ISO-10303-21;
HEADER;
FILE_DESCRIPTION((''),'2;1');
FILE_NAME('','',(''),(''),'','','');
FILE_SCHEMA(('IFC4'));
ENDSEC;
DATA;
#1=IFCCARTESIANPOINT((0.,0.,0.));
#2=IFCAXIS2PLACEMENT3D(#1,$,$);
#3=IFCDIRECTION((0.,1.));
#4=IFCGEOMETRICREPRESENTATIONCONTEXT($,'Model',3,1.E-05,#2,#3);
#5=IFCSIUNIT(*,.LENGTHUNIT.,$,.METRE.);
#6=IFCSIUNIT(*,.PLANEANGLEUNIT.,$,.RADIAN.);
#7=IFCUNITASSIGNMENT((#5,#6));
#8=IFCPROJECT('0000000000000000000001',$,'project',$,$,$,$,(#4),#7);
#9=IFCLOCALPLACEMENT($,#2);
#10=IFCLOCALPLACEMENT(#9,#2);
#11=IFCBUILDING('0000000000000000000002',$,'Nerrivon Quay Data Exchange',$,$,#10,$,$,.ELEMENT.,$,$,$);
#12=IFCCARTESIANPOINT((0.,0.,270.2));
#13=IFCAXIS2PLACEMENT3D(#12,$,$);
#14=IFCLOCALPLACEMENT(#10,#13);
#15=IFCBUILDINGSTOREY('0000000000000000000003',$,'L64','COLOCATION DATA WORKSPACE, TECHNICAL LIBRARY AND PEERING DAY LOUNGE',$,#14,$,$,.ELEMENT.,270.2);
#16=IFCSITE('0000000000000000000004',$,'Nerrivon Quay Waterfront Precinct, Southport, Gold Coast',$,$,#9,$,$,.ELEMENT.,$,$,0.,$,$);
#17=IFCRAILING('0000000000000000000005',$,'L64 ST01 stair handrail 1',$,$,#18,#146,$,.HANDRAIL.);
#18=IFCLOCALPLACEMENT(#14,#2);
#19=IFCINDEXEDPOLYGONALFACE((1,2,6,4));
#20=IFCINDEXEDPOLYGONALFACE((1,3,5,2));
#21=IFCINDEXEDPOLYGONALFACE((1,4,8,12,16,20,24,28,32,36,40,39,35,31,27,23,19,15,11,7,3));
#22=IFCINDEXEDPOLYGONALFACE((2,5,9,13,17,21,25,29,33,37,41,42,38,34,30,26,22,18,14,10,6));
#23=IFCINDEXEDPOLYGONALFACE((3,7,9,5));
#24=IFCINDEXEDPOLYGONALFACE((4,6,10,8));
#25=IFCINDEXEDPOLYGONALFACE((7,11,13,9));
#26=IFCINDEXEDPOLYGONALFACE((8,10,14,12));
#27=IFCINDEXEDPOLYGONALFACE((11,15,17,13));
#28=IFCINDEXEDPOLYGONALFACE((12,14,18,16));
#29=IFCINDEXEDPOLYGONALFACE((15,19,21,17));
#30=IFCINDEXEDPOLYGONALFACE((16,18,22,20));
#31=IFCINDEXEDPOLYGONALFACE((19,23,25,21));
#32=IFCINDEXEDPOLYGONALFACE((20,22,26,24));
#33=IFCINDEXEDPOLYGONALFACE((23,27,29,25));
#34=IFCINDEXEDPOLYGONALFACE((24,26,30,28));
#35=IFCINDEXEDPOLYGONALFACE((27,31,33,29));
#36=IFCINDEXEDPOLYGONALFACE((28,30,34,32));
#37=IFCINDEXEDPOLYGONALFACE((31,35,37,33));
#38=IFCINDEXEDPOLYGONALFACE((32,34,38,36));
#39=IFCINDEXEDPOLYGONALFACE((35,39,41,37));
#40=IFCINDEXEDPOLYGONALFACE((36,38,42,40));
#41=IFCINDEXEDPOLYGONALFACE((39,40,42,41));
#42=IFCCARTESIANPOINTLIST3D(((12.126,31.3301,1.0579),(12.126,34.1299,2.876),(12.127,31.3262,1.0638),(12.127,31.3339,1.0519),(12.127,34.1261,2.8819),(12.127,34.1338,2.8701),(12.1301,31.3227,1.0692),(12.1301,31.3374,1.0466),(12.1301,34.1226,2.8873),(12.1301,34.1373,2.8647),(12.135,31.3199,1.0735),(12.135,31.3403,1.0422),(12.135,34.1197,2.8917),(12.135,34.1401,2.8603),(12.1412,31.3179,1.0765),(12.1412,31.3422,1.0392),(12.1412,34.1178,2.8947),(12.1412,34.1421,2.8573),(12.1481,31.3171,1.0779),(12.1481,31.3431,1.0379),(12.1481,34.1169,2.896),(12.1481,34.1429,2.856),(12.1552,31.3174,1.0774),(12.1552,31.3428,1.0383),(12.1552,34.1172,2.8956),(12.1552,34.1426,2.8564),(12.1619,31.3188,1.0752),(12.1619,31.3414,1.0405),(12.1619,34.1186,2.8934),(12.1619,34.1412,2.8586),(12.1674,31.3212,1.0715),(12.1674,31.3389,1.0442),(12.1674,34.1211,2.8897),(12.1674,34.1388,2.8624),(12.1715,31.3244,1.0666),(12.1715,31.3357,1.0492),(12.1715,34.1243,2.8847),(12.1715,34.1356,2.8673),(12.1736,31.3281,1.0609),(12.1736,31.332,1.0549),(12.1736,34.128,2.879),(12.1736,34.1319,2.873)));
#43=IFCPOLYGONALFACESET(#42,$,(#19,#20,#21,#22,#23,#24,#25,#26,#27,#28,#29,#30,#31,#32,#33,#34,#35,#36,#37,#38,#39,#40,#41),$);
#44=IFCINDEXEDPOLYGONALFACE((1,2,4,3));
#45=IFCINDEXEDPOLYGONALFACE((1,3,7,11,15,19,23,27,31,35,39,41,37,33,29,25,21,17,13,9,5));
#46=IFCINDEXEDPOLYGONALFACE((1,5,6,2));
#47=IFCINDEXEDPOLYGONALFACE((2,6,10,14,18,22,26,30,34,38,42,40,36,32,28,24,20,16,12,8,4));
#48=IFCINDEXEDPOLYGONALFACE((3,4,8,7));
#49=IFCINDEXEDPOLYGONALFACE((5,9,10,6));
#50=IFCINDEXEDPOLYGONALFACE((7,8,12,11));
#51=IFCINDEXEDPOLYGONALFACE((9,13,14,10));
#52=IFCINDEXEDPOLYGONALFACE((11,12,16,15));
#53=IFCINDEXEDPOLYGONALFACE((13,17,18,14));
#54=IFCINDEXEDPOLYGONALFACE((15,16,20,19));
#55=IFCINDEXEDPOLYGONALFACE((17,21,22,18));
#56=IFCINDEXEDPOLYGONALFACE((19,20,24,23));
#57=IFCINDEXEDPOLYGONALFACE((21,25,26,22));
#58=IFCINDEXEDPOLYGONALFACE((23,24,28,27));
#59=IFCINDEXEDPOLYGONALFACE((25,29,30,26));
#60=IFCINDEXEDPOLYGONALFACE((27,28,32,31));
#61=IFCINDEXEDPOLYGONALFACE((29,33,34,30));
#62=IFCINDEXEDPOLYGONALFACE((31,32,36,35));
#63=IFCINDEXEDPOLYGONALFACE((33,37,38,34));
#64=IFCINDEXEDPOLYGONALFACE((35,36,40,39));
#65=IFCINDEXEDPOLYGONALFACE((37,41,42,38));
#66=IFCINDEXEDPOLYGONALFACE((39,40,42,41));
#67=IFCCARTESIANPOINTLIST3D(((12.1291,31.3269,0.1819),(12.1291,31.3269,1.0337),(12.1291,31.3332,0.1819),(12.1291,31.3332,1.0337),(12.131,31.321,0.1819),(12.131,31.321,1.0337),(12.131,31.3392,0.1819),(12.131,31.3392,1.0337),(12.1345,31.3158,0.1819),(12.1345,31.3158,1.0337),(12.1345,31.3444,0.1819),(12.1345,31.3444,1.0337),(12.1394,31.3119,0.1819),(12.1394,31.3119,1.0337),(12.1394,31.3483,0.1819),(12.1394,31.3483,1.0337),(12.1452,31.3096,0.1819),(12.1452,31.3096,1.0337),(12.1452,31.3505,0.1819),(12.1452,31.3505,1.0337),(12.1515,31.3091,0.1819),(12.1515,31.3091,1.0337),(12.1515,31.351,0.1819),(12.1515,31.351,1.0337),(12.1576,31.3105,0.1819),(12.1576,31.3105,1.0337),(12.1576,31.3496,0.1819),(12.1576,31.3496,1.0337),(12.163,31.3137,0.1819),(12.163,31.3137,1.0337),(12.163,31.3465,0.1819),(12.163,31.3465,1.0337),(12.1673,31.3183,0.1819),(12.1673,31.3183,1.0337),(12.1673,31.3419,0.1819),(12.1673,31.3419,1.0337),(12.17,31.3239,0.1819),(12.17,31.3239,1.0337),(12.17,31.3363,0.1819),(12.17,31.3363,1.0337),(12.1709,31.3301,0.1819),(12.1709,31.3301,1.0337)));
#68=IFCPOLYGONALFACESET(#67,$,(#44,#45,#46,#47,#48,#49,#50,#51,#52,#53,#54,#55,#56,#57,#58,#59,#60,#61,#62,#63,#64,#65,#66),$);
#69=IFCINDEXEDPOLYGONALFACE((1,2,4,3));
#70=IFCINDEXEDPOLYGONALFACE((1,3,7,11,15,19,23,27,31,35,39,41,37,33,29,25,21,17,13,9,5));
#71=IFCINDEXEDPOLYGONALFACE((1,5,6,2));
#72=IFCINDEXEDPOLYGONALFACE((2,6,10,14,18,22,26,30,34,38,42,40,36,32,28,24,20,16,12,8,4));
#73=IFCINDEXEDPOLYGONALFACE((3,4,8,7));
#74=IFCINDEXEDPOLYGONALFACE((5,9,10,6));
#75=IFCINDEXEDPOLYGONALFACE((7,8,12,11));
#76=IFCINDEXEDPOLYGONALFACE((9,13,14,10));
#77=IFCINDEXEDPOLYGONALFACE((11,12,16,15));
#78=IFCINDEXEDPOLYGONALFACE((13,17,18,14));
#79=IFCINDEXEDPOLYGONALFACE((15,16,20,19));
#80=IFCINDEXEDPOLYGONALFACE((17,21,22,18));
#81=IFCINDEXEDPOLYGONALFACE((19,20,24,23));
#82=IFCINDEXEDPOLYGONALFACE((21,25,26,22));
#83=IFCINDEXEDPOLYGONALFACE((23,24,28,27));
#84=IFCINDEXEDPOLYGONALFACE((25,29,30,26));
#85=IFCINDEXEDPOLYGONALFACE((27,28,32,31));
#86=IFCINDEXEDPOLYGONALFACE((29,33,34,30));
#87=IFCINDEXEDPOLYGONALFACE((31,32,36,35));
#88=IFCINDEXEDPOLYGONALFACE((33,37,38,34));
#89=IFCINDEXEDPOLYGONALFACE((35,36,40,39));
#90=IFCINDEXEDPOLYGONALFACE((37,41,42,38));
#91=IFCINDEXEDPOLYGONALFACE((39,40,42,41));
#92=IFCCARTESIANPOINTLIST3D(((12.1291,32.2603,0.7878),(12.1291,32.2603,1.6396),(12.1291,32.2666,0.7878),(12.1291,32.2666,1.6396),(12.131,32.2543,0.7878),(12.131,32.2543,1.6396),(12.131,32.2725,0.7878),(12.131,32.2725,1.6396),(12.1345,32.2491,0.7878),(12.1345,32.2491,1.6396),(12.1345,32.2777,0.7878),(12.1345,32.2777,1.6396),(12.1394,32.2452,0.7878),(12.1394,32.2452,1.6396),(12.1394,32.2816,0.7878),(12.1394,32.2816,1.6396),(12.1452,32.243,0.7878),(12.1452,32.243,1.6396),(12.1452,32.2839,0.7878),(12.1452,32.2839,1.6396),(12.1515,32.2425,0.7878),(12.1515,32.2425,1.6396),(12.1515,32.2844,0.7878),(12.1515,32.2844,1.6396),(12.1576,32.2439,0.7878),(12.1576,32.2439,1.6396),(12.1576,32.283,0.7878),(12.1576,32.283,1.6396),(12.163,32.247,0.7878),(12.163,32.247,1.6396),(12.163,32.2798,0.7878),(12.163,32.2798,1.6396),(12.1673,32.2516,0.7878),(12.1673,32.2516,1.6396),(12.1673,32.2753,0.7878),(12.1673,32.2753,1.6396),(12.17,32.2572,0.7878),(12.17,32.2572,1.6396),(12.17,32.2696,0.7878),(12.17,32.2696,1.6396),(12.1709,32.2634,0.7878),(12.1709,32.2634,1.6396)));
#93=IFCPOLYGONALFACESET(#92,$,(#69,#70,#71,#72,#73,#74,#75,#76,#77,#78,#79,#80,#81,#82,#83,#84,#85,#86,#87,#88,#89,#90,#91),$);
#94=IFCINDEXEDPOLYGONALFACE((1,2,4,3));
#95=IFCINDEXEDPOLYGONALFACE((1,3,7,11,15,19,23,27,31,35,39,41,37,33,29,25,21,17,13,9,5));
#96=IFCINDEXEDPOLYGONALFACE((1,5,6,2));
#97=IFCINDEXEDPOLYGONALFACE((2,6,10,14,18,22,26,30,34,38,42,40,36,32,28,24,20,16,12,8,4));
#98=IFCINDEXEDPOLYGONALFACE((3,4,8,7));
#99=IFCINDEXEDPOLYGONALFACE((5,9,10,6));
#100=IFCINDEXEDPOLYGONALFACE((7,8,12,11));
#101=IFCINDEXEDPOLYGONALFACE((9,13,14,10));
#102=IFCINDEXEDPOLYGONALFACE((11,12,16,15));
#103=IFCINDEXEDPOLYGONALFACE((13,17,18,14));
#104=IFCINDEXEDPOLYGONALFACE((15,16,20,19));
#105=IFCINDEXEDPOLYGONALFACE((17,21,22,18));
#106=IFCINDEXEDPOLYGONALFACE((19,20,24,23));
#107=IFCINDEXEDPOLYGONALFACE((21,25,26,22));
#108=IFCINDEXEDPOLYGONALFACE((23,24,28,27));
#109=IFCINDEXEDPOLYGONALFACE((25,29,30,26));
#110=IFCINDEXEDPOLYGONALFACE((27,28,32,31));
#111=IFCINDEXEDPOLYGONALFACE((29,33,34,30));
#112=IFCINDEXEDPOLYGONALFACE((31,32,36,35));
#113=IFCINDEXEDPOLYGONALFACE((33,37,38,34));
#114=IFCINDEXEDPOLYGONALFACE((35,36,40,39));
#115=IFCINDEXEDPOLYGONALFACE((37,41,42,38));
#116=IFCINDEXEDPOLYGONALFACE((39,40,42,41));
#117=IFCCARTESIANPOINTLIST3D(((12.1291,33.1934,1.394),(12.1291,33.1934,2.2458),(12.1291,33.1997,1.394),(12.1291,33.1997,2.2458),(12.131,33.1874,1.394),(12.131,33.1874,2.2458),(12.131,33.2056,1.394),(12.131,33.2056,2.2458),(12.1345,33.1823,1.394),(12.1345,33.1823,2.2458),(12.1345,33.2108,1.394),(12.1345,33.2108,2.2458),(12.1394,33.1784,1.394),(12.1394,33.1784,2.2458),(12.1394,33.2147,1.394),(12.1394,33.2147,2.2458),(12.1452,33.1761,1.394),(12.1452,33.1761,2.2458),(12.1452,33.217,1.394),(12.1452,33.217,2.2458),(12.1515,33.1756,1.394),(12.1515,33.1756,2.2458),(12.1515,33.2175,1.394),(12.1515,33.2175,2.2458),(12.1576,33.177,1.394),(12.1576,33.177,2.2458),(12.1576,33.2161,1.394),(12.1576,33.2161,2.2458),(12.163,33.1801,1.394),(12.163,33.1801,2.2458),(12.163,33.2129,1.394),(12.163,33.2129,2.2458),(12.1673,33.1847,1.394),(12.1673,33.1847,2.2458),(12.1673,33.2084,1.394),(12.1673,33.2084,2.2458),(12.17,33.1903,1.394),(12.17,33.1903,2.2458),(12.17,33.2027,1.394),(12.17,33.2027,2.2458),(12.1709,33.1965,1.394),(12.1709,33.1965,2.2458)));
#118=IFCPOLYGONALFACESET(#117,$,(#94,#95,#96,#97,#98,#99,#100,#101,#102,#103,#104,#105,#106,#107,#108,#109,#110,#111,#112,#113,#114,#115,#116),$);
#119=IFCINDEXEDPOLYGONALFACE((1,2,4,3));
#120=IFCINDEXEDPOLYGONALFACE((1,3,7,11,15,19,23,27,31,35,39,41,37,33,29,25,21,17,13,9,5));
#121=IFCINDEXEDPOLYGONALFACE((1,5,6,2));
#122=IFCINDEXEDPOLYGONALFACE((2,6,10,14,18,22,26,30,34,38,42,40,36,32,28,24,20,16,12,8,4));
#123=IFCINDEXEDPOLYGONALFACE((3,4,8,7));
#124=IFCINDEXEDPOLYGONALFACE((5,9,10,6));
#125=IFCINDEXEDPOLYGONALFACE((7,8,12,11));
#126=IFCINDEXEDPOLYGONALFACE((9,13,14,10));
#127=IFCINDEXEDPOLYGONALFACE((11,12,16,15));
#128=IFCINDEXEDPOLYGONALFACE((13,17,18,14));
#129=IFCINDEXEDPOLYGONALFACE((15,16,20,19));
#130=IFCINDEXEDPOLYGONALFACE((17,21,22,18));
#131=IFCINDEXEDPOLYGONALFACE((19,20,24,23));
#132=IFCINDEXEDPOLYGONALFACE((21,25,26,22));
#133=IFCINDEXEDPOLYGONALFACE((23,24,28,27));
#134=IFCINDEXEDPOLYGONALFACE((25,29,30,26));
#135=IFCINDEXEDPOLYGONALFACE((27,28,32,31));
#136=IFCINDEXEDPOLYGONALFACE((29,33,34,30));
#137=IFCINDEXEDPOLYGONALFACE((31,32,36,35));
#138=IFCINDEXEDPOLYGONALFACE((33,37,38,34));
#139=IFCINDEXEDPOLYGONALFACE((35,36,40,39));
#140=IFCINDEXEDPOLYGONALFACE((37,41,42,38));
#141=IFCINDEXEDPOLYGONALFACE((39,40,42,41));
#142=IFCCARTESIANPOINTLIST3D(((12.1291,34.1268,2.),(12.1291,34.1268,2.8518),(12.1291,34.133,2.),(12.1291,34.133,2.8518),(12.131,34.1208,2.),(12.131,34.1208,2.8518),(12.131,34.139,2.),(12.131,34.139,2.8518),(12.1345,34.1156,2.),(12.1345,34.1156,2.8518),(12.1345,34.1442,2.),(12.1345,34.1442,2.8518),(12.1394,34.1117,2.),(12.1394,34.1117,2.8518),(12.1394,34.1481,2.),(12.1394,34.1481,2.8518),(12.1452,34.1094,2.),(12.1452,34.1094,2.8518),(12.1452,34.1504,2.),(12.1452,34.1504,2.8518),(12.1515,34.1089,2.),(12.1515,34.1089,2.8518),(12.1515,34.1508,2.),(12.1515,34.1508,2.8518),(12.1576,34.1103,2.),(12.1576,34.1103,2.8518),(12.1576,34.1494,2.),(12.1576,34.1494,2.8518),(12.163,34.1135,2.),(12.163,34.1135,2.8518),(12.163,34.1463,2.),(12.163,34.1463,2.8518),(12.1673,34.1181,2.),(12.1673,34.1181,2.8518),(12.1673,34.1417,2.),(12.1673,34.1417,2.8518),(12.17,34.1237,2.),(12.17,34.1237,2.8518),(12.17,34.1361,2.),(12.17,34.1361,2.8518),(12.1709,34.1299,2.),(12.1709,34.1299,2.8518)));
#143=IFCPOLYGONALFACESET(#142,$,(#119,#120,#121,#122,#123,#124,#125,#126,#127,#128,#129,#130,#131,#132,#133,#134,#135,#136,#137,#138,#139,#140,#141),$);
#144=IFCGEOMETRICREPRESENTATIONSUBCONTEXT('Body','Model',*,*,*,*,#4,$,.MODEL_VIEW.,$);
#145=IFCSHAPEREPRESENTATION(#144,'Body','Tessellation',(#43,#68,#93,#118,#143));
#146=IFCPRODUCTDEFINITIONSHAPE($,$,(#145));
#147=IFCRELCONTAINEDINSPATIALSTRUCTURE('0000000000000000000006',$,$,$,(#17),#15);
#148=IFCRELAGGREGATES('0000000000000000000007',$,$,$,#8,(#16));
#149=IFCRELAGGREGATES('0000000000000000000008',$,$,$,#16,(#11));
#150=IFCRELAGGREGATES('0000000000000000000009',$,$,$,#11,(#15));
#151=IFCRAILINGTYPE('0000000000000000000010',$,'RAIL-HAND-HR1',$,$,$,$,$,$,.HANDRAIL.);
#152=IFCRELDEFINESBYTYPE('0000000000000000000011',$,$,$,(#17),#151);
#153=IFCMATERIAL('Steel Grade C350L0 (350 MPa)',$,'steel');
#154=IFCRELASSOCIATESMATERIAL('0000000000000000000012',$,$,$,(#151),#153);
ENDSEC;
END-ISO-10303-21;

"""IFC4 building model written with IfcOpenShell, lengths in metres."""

from ifc_helpers import new_model, si_unit, direction, frame, origin, origin_2d, place, context, subcontext, project, spatial, circle, extrude, material, type_object, element, save


model = new_model("IFC4")

# Units and contexts
model_context = context("Model", 3, precision=1e-05, world=origin(), true_north=direction((0.0, 1.0)))
body_context = subcontext(model_context, "Body", "Model", "MODEL_VIEW")
ifc_project = project(units=[si_unit("LENGTHUNIT", "METRE"), si_unit("PLANEANGLEUNIT", "RADIAN")], contexts=[model_context])

# Site, building, storey
site_placement = place(None, origin())
site = spatial("IfcSite", under=ifc_project, at=site_placement, Name="Nerrivon Quay Waterfront Precinct, Southport, Gold Coast", CompositionType="ELEMENT", RefElevation=0.0)
building_placement = place(site_placement, origin())
building = spatial("IfcBuilding", under=site, at=building_placement, Name="Nerrivon Quay Data Exchange", CompositionType="ELEMENT")
storey_placement = place(building_placement, frame((0.0, 0.0, 270.2)))
storey = spatial("IfcBuildingStorey", under=building, at=storey_placement, Name="L64", Description="COLOCATION DATA WORKSPACE, TECHNICAL LIBRARY AND PEERING DAY LOUNGE", CompositionType="ELEMENT", Elevation=270.2)

# Railing
ifc_material_1 = material(Name="Steel Grade C350L0 (350 MPa)", Category="steel")
railing_type_1 = type_object("IfcRailingType", Name="RAIL-HAND-HR1", PredefinedType="HANDRAIL", material=ifc_material_1)
railing_1_placement = place(storey_placement, frame((12.1499, 31.3301, 0.1819)))
element("IfcRailing", 1, at=railing_1_placement, inside=storey, type_object=railing_type_1, Name="L64 ST01 stair handrail 1", PredefinedType="HANDRAIL", context=body_context, shape_type="SweptSolid", body=[
    extrude(circle(Radius=0.0239, at=origin_2d()), frame((0.0, 0.0, 0.876), z_axis=(0.0, 0.838684, 0.544618), x_axis=(-1.0, 0.0, 0.0)), (0.0, 0.0, 1.0), 3.3384),
    extrude(circle(Radius=0.021, at=origin_2d()), origin(), (0.0, 0.0, 1.0), 0.8518),
    extrude(circle(Radius=0.021, at=origin_2d()), frame((0.0, 0.9333, 0.606)), (0.0, 0.0, 1.0), 0.8518),
    extrude(circle(Radius=0.021, at=origin_2d()), frame((0.0, 1.8665, 1.2122)), (0.0, 0.0, 1.0), 0.8518),
    extrude(circle(Radius=0.021, at=origin_2d()), frame((0.0, 2.7998, 1.8181)), (0.0, 0.0, 1.0), 0.8518),
])

save(model, "model.ifc")
